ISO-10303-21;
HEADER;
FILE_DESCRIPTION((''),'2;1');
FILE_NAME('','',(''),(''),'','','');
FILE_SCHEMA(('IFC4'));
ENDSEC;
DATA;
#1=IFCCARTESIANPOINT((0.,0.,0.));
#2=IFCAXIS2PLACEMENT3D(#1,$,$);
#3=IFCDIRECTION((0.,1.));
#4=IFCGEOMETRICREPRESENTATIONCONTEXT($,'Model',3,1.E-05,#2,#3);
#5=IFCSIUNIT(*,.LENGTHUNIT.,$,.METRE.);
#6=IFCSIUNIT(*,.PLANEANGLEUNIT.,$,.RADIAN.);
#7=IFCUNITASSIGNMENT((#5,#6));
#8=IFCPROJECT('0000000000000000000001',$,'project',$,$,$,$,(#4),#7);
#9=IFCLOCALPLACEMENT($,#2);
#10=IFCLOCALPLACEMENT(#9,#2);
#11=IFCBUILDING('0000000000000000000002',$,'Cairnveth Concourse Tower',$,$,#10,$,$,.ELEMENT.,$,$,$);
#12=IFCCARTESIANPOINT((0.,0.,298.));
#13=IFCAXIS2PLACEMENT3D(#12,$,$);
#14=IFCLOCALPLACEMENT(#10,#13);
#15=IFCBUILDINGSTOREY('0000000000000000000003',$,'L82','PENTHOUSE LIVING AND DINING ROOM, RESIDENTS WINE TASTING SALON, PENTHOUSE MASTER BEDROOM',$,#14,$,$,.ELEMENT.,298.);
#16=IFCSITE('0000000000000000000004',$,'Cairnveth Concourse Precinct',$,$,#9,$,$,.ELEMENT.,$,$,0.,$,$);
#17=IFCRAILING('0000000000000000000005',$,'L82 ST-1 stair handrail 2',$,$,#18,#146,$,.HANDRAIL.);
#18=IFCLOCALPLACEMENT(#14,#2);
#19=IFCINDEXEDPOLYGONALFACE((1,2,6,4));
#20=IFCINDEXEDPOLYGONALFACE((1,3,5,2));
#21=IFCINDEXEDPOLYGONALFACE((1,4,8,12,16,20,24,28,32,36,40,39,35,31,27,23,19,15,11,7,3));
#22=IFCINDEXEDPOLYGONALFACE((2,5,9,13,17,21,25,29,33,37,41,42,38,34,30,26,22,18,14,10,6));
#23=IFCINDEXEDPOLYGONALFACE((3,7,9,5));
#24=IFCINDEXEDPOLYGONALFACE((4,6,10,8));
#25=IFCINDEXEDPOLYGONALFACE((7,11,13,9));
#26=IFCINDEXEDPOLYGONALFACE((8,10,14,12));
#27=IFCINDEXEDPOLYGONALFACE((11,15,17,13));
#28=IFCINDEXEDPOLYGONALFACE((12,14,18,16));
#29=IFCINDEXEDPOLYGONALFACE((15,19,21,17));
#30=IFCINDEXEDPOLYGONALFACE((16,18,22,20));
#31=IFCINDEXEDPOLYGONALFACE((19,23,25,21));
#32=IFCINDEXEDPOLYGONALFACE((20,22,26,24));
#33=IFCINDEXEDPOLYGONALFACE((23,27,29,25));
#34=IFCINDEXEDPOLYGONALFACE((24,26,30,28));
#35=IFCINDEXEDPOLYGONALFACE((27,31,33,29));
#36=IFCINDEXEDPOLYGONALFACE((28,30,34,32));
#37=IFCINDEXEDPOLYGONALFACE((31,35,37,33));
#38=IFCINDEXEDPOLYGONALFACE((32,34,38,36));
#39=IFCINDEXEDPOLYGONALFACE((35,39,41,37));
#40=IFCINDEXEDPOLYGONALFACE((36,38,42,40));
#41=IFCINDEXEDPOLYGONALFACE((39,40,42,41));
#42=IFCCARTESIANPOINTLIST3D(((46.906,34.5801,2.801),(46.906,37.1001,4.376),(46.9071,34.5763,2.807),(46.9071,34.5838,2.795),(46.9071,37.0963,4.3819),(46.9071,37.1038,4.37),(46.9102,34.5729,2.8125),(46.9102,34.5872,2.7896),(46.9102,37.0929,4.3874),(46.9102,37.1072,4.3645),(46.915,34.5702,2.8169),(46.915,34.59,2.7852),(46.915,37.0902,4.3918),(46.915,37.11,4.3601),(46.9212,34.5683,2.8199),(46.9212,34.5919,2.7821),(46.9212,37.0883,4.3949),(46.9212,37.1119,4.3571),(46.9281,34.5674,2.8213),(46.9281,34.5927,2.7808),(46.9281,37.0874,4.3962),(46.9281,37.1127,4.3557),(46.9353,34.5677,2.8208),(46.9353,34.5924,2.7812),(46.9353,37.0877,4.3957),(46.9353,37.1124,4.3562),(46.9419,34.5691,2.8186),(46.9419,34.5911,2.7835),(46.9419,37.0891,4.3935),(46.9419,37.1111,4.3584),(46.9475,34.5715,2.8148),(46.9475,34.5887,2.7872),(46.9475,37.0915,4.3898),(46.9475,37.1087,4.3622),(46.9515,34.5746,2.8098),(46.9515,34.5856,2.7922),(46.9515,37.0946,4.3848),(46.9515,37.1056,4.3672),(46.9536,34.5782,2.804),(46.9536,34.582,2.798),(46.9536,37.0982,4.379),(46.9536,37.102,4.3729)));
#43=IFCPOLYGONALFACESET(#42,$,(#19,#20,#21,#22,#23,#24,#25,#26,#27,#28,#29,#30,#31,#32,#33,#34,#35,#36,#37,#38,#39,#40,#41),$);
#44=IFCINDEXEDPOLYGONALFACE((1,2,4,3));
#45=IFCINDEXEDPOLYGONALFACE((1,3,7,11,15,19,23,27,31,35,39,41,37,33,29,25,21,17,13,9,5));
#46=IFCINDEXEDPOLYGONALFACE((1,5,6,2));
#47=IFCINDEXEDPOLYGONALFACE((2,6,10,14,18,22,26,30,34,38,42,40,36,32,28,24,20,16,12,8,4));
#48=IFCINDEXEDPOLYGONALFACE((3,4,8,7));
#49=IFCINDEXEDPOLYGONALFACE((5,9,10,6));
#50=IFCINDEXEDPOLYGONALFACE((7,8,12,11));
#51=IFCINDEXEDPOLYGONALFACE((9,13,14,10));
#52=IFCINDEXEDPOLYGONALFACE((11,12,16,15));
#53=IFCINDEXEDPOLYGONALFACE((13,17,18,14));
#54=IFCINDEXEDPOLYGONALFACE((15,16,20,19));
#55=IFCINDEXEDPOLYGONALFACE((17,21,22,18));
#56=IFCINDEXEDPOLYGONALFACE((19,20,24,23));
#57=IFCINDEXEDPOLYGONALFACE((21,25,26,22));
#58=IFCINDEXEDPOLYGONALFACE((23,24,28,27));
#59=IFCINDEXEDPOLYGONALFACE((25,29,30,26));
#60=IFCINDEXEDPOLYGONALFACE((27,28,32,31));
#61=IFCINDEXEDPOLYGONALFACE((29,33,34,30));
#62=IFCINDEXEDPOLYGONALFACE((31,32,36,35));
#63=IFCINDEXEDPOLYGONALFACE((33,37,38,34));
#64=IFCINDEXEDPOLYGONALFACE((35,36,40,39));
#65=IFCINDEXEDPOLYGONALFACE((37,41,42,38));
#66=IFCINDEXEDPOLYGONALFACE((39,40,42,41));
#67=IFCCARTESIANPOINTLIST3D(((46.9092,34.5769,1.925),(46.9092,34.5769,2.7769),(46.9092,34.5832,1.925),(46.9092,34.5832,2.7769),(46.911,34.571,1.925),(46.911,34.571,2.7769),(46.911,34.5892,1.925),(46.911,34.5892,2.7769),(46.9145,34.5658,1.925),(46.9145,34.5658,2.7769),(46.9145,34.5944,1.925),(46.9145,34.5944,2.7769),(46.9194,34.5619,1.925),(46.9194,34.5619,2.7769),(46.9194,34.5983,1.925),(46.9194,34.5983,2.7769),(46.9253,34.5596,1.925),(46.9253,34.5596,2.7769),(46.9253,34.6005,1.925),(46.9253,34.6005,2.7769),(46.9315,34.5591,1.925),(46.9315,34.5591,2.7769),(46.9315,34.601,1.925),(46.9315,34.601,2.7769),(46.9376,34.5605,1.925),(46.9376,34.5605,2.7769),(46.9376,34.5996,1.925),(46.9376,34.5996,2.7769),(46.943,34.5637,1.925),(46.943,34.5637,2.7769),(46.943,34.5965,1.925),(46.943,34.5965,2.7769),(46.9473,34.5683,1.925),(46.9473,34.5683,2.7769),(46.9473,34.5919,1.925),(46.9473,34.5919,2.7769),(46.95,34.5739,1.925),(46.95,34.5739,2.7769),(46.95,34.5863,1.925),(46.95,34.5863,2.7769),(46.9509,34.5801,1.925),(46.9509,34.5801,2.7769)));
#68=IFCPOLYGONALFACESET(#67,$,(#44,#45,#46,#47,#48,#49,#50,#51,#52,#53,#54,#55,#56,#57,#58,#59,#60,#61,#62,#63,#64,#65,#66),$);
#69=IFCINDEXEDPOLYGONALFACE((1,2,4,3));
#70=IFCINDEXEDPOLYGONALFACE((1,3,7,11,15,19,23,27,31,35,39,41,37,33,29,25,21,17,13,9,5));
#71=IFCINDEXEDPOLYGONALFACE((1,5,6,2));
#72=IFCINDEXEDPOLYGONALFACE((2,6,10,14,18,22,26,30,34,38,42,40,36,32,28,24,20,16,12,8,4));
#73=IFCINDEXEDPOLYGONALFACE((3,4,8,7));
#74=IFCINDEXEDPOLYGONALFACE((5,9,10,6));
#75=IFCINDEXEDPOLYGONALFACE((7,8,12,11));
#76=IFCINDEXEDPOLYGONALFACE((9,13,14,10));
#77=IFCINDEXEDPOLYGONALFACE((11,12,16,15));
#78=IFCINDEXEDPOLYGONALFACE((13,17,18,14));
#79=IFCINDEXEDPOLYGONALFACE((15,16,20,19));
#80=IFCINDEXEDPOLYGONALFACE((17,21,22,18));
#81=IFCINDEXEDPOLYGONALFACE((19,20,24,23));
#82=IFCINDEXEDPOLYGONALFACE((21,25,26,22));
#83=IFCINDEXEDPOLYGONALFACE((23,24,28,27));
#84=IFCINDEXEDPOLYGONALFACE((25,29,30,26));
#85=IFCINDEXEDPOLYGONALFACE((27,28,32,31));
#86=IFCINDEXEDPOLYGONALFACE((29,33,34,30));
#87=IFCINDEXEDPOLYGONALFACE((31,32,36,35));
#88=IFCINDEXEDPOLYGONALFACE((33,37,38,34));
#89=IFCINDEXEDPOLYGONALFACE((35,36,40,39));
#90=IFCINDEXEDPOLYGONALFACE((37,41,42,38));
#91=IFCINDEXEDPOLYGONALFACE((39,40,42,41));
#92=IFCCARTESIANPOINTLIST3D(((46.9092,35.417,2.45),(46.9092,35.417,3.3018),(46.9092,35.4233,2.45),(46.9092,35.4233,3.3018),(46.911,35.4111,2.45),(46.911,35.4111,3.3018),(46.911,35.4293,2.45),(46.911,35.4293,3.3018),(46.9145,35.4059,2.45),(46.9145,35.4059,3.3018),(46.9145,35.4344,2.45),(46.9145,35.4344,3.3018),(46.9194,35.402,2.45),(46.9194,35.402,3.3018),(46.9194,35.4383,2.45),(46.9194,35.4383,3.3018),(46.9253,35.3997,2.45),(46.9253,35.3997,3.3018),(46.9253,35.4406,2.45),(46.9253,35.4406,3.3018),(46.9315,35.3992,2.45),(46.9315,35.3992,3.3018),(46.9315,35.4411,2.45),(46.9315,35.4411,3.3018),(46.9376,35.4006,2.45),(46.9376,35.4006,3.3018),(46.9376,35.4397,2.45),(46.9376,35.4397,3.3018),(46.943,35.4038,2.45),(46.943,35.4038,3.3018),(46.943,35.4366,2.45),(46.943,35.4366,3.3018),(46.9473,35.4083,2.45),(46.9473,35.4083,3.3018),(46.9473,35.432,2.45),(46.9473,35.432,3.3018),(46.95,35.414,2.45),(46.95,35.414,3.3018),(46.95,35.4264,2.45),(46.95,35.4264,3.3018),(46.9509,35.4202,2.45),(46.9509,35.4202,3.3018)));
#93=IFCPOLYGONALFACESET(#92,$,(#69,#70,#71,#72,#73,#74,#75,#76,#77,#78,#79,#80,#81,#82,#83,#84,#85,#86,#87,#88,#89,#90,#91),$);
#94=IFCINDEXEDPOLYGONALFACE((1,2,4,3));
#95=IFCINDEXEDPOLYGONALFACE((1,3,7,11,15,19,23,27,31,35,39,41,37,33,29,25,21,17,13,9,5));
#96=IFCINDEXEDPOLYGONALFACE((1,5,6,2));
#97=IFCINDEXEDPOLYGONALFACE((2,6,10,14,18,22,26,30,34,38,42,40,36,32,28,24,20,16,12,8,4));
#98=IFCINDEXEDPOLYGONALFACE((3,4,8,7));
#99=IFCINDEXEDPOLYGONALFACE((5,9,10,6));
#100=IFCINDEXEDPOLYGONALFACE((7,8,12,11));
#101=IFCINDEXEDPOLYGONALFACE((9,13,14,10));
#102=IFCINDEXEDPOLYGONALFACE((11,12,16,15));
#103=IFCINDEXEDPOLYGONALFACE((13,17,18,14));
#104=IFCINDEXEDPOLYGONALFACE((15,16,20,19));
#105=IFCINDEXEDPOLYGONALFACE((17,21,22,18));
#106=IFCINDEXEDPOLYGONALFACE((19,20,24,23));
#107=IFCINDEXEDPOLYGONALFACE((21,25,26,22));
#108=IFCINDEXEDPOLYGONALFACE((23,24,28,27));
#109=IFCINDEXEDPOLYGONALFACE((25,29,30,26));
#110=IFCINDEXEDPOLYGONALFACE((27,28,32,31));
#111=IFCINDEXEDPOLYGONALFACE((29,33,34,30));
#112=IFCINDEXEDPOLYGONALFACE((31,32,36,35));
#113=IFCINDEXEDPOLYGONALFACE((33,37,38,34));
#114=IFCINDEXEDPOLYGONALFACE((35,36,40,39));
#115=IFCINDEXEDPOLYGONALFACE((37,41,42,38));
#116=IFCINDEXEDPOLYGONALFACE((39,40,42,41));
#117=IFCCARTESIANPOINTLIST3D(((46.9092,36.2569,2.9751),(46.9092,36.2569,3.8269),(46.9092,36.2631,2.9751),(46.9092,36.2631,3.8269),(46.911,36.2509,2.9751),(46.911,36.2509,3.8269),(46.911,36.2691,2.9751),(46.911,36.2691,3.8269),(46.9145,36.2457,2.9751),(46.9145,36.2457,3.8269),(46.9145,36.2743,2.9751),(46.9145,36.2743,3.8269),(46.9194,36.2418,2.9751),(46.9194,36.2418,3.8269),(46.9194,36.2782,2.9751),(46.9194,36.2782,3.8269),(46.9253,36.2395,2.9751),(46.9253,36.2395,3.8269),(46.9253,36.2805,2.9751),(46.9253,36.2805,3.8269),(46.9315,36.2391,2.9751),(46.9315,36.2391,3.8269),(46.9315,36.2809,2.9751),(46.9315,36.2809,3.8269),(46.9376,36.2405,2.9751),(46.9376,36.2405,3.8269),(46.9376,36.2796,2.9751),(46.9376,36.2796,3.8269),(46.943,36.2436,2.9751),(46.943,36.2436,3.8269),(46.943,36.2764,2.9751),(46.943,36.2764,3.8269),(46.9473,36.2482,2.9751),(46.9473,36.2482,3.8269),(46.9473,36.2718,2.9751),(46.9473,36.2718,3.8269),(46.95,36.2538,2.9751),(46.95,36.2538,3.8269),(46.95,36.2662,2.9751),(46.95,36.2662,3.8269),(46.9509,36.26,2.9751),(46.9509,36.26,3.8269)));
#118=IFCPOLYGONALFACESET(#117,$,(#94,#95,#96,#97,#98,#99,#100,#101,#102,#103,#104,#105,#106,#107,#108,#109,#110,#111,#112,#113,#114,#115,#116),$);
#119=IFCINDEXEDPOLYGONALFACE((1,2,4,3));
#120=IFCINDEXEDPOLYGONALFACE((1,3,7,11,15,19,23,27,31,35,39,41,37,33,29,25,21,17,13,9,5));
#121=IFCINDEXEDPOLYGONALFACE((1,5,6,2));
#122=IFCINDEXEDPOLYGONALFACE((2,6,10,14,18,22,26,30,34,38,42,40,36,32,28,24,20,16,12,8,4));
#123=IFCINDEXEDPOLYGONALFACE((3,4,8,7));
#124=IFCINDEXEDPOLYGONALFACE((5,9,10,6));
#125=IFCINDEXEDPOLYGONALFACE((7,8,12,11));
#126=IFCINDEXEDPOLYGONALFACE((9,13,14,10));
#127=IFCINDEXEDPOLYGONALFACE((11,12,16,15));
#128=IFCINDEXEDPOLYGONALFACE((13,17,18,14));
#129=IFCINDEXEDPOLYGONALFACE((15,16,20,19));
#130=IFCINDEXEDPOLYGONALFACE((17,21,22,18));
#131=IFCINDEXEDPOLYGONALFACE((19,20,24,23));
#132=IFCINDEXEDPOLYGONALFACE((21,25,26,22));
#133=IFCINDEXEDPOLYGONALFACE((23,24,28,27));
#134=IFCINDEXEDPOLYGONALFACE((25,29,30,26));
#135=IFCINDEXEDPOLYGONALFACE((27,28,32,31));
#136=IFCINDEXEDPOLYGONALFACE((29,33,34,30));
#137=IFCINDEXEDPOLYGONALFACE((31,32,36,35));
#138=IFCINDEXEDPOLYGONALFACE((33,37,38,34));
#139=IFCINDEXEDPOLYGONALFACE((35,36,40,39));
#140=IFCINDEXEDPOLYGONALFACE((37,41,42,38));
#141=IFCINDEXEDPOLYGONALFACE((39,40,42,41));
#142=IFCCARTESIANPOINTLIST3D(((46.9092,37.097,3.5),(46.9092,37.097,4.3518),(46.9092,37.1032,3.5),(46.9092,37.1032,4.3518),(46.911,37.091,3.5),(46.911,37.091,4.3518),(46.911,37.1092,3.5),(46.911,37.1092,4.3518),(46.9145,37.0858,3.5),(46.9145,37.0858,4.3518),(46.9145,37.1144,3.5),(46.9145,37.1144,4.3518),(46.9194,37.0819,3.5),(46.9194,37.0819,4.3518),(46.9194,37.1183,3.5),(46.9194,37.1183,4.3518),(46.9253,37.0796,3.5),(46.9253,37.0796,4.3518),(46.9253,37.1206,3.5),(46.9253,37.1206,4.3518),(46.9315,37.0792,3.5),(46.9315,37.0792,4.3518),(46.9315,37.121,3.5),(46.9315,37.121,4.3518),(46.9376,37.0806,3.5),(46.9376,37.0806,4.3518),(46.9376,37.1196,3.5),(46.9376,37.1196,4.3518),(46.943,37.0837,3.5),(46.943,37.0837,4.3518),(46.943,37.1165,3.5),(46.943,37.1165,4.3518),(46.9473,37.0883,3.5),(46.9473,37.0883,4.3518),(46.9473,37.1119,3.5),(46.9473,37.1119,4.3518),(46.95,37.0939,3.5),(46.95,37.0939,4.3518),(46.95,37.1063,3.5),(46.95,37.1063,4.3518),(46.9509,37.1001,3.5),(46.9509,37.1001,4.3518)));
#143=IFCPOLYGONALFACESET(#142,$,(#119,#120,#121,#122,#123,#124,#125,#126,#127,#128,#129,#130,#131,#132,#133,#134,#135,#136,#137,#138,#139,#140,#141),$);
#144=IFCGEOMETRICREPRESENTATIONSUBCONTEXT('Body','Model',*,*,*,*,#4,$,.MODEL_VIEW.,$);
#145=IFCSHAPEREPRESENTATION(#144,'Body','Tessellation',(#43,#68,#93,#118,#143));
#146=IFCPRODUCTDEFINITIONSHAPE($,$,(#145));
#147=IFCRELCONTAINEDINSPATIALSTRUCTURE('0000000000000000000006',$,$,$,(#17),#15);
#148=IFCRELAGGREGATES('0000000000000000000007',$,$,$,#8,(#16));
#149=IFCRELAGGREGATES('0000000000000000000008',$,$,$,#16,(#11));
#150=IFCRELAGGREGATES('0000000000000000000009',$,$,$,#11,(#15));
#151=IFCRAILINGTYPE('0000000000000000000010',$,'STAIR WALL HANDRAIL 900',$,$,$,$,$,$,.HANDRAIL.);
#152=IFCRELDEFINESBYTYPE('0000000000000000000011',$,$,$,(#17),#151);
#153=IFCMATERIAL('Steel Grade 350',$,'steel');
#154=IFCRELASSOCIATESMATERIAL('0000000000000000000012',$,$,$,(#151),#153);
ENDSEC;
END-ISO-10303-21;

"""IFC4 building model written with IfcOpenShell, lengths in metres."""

from ifc_helpers import new_model, si_unit, direction, frame, origin, origin_2d, place, context, subcontext, project, spatial, circle, extrude, material, type_object, element, save


model = new_model("IFC4")

# Units and contexts
model_context = context("Model", 3, precision=1e-05, world=origin(), true_north=direction((0.0, 1.0)))
body_context = subcontext(model_context, "Body", "Model", "MODEL_VIEW")
ifc_project = project(units=[si_unit("LENGTHUNIT", "METRE"), si_unit("PLANEANGLEUNIT", "RADIAN")], contexts=[model_context])

# Site, building, storey
site_placement = place(None, origin())
site = spatial("IfcSite", under=ifc_project, at=site_placement, Name="Cairnveth Concourse Precinct", CompositionType="ELEMENT", RefElevation=0.0)
building_placement = place(site_placement, origin())
building = spatial("IfcBuilding", under=site, at=building_placement, Name="Cairnveth Concourse Tower", CompositionType="ELEMENT")
storey_placement = place(building_placement, frame((0.0, 0.0, 298.0)))
storey = spatial("IfcBuildingStorey", under=building, at=storey_placement, Name="L82", Description="PENTHOUSE LIVING AND DINING ROOM, RESIDENTS WINE TASTING SALON, PENTHOUSE MASTER BEDROOM", CompositionType="ELEMENT", Elevation=298.0)

# Shared definitions
ifc_material_1 = material(Name="Steel Grade 350", Category="steel")

# Railing
railing_type_1 = type_object("IfcRailingType", Name="STAIR WALL HANDRAIL 900", PredefinedType="HANDRAIL", material=ifc_material_1)
railing_1_placement = place(storey_placement, frame((46.9299, 34.5801, 1.925)))
element("IfcRailing", 1, at=railing_1_placement, inside=storey, type_object=railing_type_1, Name="L82 ST-1 stair handrail 2", PredefinedType="HANDRAIL", context=body_context, shape_type="SweptSolid", body=[
    extrude(circle(Radius=0.0239, at=origin_2d()), frame((0.0, 0.0, 0.876), z_axis=(0.0, 0.848008, 0.529984), x_axis=(-1.0, 0.0, 0.0)), (0.0, 0.0, 1.0), 2.9717),
    extrude(circle(Radius=0.021, at=origin_2d()), origin(), (0.0, 0.0, 1.0), 0.8518),
    extrude(circle(Radius=0.021, at=origin_2d()), frame((0.0, 0.8401, 0.5249)), (0.0, 0.0, 1.0), 0.8518),
    extrude(circle(Radius=0.021, at=origin_2d()), frame((0.0, 1.6799, 1.05)), (0.0, 0.0, 1.0), 0.8518),
    extrude(circle(Radius=0.021, at=origin_2d()), frame((0.0, 2.52, 1.575)), (0.0, 0.0, 1.0), 0.8518),
])

save(model, "model.ifc")
